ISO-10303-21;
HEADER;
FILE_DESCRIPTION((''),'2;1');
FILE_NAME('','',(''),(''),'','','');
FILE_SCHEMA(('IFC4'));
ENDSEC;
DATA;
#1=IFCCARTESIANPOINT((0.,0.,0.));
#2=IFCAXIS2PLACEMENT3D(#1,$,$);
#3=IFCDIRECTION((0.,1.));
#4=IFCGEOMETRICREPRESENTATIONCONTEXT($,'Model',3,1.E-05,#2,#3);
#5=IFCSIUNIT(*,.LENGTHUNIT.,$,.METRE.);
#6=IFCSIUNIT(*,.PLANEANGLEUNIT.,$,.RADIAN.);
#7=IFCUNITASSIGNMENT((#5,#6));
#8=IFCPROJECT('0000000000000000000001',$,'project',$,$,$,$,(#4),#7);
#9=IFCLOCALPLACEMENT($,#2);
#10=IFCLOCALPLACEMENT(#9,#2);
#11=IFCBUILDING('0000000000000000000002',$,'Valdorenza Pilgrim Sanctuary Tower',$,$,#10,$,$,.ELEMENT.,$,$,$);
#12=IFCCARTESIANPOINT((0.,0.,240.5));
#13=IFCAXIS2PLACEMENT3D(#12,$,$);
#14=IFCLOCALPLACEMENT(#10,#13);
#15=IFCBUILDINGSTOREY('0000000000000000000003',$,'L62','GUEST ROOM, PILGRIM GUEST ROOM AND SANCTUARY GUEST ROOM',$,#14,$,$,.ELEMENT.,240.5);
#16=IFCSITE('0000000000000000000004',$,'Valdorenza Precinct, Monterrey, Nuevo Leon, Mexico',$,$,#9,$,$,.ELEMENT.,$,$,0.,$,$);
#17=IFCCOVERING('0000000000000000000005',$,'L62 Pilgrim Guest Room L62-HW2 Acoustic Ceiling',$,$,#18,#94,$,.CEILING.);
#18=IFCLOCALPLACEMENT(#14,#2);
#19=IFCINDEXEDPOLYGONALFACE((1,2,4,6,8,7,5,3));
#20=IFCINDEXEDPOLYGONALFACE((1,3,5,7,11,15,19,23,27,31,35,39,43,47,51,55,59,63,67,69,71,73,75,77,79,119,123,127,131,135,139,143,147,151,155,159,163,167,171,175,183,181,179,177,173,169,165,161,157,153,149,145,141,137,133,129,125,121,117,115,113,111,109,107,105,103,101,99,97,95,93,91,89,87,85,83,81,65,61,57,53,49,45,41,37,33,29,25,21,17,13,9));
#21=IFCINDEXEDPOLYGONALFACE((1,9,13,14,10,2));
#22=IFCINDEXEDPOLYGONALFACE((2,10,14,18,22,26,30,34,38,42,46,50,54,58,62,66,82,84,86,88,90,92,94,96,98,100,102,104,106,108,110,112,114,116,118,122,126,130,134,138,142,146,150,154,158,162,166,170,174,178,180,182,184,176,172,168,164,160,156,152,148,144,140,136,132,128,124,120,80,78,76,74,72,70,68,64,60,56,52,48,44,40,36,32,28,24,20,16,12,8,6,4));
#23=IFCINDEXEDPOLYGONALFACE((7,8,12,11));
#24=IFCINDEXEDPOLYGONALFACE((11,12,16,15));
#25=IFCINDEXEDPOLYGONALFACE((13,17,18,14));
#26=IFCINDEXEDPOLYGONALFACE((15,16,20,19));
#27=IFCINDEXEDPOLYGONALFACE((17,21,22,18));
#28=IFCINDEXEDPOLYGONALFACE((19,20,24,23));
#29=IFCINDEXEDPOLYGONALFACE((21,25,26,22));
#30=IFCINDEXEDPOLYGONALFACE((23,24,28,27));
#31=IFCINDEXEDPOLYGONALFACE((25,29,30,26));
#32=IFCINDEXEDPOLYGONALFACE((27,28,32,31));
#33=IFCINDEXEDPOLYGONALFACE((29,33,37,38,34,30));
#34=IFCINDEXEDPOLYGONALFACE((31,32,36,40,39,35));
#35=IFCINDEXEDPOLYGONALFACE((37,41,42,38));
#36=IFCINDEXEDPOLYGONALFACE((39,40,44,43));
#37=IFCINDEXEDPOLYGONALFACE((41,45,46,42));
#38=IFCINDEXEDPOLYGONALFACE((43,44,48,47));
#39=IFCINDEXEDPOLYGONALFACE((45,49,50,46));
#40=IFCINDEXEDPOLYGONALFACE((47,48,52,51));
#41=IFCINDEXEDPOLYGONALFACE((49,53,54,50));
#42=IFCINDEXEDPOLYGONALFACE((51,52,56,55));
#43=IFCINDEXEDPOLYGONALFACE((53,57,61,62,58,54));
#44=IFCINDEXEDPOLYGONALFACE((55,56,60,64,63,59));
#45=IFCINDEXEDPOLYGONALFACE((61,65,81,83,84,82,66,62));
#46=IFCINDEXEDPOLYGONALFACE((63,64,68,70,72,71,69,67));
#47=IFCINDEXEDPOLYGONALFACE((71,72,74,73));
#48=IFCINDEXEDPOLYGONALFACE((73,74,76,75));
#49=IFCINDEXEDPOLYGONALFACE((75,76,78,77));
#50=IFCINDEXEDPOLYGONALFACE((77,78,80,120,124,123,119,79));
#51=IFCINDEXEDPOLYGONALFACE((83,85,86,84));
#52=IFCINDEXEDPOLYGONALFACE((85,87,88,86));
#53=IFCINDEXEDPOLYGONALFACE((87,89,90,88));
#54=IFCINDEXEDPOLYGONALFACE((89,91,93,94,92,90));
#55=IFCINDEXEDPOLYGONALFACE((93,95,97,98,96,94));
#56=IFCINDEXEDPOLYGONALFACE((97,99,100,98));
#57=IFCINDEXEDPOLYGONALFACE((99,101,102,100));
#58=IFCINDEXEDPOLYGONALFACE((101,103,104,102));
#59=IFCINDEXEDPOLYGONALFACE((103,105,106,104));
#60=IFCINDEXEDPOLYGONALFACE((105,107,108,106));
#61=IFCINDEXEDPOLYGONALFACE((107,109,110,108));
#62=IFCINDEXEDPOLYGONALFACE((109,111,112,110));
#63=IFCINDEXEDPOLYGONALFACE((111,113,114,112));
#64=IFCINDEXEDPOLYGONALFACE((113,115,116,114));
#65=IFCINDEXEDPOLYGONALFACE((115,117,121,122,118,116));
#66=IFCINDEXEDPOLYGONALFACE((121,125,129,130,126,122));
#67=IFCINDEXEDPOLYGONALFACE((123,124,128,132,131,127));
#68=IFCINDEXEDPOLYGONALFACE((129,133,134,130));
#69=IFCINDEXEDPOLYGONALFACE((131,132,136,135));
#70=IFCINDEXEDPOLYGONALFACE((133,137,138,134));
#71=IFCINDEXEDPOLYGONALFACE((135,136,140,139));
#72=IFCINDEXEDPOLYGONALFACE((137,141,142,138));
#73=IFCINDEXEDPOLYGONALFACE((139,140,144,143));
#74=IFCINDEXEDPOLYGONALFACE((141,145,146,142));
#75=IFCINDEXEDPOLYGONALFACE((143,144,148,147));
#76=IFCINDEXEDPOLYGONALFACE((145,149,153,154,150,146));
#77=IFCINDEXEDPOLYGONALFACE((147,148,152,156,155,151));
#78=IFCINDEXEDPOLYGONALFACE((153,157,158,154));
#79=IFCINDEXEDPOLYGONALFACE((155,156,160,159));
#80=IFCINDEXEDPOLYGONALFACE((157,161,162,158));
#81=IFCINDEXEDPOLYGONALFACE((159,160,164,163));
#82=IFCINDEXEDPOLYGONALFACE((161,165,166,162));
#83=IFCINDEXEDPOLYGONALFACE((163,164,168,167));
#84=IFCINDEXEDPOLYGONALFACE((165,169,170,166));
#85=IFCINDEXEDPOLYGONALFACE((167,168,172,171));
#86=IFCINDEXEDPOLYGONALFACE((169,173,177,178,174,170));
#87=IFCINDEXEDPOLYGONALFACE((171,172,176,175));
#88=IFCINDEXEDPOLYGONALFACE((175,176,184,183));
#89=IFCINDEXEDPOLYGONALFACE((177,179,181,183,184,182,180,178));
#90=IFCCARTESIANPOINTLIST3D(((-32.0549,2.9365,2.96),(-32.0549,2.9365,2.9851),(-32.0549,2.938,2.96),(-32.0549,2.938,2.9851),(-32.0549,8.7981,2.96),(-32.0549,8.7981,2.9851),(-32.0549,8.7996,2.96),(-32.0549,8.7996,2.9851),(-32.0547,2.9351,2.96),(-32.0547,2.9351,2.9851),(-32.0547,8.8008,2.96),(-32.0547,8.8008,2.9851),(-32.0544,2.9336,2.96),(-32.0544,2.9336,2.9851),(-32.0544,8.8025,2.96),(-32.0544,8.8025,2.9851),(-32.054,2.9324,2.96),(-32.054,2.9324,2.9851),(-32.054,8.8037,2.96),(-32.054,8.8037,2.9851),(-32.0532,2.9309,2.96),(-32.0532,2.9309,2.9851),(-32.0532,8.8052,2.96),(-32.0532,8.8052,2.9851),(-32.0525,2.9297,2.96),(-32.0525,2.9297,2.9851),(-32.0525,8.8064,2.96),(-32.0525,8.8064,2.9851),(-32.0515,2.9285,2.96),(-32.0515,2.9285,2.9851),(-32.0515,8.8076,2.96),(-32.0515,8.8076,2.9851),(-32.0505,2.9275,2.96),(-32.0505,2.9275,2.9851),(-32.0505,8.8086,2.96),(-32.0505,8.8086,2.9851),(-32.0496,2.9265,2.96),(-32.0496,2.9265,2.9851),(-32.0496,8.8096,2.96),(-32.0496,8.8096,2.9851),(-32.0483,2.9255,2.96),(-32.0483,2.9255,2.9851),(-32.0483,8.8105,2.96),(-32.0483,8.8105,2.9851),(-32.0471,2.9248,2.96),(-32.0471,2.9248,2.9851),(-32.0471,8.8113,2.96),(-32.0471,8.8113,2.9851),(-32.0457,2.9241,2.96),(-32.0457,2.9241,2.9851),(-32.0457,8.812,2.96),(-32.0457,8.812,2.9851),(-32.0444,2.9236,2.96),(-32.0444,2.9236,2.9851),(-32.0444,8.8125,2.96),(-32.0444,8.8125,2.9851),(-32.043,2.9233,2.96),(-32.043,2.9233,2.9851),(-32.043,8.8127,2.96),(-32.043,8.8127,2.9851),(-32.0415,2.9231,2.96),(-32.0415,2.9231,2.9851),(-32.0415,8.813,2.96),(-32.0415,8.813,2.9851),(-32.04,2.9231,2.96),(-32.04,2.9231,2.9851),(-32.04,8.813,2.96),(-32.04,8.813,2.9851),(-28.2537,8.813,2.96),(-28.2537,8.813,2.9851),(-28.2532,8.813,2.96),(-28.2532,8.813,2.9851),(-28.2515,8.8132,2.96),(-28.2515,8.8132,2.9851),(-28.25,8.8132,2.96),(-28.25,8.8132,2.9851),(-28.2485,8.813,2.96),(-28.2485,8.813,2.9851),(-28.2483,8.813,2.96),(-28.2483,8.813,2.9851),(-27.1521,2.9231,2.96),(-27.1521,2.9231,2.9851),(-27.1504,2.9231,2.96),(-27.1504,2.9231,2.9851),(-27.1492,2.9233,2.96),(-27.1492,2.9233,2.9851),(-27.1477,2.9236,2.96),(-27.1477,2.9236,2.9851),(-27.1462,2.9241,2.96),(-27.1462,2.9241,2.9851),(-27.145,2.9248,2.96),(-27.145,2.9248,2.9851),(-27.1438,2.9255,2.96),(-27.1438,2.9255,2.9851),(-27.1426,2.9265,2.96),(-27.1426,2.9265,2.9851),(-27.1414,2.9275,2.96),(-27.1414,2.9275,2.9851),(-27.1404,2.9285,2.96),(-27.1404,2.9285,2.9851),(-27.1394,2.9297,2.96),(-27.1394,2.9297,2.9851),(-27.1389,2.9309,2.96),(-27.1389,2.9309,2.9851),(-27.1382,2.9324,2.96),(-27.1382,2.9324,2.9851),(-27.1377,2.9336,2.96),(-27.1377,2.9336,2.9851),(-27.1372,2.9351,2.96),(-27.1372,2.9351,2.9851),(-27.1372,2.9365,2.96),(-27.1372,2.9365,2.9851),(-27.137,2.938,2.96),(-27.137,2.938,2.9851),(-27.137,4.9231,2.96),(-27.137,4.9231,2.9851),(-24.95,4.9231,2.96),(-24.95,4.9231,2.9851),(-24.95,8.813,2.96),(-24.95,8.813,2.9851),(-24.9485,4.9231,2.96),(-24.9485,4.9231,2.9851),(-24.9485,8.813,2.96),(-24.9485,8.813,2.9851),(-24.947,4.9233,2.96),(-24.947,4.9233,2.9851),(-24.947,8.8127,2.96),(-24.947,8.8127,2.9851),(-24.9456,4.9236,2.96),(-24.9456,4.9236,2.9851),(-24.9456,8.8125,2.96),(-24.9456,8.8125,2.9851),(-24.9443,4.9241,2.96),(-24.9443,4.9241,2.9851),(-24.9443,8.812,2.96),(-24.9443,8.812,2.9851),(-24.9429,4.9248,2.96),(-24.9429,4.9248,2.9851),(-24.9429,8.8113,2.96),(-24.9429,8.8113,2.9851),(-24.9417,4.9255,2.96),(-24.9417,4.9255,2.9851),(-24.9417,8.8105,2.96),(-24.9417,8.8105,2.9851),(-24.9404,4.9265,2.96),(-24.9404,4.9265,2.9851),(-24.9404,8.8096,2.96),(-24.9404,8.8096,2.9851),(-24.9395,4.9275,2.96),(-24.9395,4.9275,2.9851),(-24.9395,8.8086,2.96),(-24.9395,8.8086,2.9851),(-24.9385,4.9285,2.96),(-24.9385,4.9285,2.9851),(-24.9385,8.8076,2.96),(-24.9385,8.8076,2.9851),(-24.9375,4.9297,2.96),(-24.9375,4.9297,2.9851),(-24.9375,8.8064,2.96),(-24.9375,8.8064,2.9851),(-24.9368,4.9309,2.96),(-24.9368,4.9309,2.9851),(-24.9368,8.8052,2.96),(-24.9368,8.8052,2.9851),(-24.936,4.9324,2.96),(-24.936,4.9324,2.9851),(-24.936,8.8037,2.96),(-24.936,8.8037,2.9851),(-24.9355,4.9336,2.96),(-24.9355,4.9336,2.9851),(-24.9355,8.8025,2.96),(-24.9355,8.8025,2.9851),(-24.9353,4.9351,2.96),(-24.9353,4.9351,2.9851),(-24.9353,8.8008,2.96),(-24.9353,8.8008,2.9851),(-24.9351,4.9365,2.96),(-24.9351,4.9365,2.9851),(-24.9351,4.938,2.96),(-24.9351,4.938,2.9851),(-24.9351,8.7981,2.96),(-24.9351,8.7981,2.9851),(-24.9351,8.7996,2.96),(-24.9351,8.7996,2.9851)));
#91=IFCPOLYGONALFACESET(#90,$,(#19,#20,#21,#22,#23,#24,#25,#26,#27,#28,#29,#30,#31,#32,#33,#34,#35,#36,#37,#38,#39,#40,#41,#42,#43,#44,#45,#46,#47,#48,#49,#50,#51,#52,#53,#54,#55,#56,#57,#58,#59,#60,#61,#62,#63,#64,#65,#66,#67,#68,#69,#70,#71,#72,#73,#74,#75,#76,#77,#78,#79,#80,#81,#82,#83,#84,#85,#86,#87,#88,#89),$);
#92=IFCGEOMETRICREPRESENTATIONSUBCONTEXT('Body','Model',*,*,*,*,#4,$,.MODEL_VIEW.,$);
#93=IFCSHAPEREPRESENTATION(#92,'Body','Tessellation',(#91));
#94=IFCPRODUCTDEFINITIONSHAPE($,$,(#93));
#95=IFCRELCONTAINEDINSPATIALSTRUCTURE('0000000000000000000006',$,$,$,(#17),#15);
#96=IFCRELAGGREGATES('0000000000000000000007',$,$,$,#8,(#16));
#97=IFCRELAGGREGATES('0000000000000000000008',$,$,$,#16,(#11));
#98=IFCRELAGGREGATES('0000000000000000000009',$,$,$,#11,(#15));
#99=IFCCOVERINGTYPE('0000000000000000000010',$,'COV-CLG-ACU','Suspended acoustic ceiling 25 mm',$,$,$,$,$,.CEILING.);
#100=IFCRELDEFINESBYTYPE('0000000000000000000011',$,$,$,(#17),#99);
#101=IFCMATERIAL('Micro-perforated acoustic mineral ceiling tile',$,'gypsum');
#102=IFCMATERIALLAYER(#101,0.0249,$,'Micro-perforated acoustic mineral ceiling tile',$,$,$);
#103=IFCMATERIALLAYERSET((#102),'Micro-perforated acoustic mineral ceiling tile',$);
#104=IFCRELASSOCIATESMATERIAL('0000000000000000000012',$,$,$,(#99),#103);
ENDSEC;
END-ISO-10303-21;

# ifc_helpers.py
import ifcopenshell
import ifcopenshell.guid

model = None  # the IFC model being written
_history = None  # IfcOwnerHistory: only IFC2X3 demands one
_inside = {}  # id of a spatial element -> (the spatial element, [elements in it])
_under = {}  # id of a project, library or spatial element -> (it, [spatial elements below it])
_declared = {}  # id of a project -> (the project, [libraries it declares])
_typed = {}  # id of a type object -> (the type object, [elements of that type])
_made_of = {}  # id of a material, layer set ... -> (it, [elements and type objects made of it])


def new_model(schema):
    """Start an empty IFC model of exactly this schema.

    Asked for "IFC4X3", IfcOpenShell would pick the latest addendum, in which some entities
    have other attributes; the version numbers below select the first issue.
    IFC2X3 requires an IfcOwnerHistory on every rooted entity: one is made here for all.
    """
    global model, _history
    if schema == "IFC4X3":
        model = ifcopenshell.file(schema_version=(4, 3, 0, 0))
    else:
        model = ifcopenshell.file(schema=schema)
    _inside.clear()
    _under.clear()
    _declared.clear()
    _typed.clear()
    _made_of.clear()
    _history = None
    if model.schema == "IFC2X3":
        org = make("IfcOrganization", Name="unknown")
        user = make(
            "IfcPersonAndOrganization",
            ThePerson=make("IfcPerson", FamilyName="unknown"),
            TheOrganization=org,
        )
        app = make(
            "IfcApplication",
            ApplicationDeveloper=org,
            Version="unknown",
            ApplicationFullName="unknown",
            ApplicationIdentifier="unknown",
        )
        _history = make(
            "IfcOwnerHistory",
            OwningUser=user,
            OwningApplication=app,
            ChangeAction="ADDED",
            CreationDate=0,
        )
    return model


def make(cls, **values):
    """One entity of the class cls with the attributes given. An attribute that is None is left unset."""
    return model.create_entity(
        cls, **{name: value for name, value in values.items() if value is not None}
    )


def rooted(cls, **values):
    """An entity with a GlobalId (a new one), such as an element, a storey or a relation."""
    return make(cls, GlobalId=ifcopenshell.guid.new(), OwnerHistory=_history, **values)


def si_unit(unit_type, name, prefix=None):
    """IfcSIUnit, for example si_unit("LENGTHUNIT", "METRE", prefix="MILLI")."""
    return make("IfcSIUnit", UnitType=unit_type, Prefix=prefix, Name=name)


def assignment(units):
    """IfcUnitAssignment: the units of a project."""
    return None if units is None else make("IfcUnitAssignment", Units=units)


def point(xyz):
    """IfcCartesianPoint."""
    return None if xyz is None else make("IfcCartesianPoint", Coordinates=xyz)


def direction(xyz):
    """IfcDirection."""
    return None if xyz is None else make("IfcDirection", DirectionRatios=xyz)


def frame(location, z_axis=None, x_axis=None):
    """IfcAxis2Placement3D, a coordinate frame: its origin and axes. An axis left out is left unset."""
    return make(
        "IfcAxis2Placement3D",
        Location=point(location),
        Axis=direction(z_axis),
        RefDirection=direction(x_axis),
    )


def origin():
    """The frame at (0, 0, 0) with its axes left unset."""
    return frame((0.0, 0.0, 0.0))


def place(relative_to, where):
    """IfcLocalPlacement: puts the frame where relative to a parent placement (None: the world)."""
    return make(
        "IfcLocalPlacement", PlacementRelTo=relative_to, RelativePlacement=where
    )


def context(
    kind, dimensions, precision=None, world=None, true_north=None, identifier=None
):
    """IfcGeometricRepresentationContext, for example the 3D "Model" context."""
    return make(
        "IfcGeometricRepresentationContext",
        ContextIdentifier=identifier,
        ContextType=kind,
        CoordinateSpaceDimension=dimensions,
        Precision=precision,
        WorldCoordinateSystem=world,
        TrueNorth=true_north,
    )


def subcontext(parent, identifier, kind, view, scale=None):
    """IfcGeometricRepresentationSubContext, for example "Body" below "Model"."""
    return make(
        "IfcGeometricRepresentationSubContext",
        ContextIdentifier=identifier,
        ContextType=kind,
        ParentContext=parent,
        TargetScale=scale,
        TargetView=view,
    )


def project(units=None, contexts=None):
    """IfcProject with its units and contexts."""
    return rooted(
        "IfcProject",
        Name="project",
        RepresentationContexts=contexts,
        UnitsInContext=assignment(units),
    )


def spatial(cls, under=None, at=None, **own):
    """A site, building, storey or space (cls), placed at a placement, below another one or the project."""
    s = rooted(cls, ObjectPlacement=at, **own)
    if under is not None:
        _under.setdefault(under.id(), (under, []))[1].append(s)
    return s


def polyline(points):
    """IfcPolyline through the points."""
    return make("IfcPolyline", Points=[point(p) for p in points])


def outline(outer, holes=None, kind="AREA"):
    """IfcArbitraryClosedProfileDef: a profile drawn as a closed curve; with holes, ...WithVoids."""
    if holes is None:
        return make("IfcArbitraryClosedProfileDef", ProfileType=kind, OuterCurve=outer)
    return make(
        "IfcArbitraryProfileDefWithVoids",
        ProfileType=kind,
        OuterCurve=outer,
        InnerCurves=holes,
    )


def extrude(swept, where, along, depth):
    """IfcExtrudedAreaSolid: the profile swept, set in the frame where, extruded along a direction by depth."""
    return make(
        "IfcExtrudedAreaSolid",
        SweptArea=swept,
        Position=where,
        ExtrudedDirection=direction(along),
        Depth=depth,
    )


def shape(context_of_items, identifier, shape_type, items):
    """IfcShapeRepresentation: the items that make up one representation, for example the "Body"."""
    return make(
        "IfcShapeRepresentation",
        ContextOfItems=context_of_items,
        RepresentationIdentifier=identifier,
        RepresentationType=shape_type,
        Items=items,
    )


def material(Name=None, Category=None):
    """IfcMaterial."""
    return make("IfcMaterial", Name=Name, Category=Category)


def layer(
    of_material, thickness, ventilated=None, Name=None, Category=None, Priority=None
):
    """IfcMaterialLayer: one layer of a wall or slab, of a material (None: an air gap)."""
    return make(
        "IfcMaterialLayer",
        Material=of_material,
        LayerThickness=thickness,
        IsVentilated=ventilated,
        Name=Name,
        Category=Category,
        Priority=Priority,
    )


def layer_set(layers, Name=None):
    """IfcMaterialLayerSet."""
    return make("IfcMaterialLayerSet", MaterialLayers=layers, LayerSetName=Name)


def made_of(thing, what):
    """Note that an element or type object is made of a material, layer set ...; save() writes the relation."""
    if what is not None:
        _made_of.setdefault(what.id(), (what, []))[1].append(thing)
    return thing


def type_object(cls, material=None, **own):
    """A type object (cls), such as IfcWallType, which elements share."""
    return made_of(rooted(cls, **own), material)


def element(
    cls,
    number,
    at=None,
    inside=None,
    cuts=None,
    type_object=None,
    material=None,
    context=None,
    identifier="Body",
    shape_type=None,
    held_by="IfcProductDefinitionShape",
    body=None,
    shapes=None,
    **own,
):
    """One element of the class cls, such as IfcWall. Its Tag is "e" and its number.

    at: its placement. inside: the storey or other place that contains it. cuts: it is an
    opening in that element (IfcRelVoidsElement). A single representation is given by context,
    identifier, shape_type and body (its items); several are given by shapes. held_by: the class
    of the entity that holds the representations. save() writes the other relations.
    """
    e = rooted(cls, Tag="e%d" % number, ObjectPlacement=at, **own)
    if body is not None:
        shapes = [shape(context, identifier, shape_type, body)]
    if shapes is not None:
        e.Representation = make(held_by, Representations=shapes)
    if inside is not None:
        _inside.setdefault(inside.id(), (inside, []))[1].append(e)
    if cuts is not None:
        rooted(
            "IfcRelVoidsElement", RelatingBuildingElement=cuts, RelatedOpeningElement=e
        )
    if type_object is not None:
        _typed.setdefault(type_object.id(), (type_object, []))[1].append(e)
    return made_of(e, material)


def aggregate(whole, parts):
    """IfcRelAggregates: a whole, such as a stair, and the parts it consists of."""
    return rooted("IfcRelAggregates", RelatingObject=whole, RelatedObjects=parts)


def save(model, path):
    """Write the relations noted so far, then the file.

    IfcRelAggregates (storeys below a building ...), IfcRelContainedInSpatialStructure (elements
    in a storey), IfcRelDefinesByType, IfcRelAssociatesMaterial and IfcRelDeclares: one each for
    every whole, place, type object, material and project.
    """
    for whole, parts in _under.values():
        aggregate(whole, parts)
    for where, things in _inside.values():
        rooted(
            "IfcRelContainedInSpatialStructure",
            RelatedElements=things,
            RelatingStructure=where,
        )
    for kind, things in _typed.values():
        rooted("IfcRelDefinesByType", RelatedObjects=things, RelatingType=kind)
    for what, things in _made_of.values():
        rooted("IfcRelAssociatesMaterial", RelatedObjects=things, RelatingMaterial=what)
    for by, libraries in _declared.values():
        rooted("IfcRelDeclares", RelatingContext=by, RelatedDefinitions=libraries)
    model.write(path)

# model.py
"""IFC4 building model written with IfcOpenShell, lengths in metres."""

from ifc_helpers import new_model, si_unit, direction, frame, origin, place, context, subcontext, project, spatial, polyline, outline, extrude, material, layer, layer_set, type_object, element, save


model = new_model("IFC4")

# Units and contexts
model_context = context("Model", 3, precision=1e-05, world=origin(), true_north=direction((0.0, 1.0)))
body_context = subcontext(model_context, "Body", "Model", "MODEL_VIEW")
ifc_project = project(units=[si_unit("LENGTHUNIT", "METRE"), si_unit("PLANEANGLEUNIT", "RADIAN")], contexts=[model_context])

# Site, building, storey
site_placement = place(None, origin())
site = spatial("IfcSite", under=ifc_project, at=site_placement, Name="Valdorenza Precinct, Monterrey, Nuevo Leon, Mexico", CompositionType="ELEMENT", RefElevation=0.0)
building_placement = place(site_placement, origin())
building = spatial("IfcBuilding", under=site, at=building_placement, Name="Valdorenza Pilgrim Sanctuary Tower", CompositionType="ELEMENT")
storey_placement = place(building_placement, frame((0.0, 0.0, 240.5)))
storey = spatial("IfcBuildingStorey", under=building, at=storey_placement, Name="L62", Description="GUEST ROOM, PILGRIM GUEST ROOM AND SANCTUARY GUEST ROOM", CompositionType="ELEMENT", Elevation=240.5)

# Covering
ifc_material_1 = material(Name="Micro-perforated acoustic mineral ceiling tile", Category="gypsum")
ifc_layer_1 = layer(ifc_material_1, 0.0249, Name="Micro-perforated acoustic mineral ceiling tile")
ifc_layer_set_1 = layer_set([ifc_layer_1], Name="Micro-perforated acoustic mineral ceiling tile")
covering_type_1 = type_object("IfcCoveringType", Name="COV-CLG-ACU", Description="Suspended acoustic ceiling 25 mm", PredefinedType="CEILING", material=ifc_layer_set_1)
covering_1_placement = place(storey_placement, frame((0.0, 0.0, 2.96)))
element("IfcCovering", 1, at=covering_1_placement, inside=storey, type_object=covering_type_1, Name="L62 Pilgrim Guest Room L62-HW2 Acoustic Ceiling", PredefinedType="CEILING", context=body_context, shape_type="SweptSolid", body=[
    extrude(outline(polyline([(-28.2537, 8.813), (-28.2532, 8.813), (-28.2515, 8.8132), (-28.25, 8.8132), (-28.2485, 8.813), (-28.2483, 8.813), (-24.95, 8.813), (-24.9485, 8.813), (-24.947, 8.8127), (-24.9456, 8.8125), (-24.9443, 8.812), (-24.9429, 8.8113), (-24.9417, 8.8105), (-24.9404, 8.8096), (-24.9395, 8.8086), (-24.9385, 8.8076), (-24.9375, 8.8064), (-24.9368, 8.8052), (-24.936, 8.8037), (-24.9355, 8.8025), (-24.9353, 8.8008), (-24.9351, 8.7996), (-24.9351, 8.7981), (-24.9351, 4.938), (-24.9351, 4.9365), (-24.9353, 4.9351), (-24.9355, 4.9336), (-24.936, 4.9324), (-24.9368, 4.9309), (-24.9375, 4.9297), (-24.9385, 4.9285), (-24.9395, 4.9275), (-24.9404, 4.9265), (-24.9417, 4.9255), (-24.9429, 4.9248), (-24.9443, 4.9241), (-24.9456, 4.9236), (-24.947, 4.9233), (-24.9485, 4.9231), (-24.95, 4.9231), (-27.137, 4.9231), (-27.137, 2.938), (-27.1372, 2.9365), (-27.1372, 2.9351), (-27.1377, 2.9336), (-27.1382, 2.9324), (-27.1389, 2.9309), (-27.1394, 2.9297), (-27.1404, 2.9285), (-27.1414, 2.9275), (-27.1426, 2.9265), (-27.1438, 2.9255), (-27.145, 2.9248), (-27.1462, 2.9241), (-27.1477, 2.9236), (-27.1492, 2.9233), (-27.1504, 2.9231), (-27.1521, 2.9231), (-32.04, 2.9231), (-32.0415, 2.9231), (-32.043, 2.9233), (-32.0444, 2.9236), (-32.0457, 2.9241), (-32.0471, 2.9248), (-32.0483, 2.9255), (-32.0496, 2.9265), (-32.0505, 2.9275), (-32.0515, 2.9285), (-32.0525, 2.9297), (-32.0532, 2.9309), (-32.054, 2.9324), (-32.0544, 2.9336), (-32.0547, 2.9351), (-32.0549, 2.9365), (-32.0549, 2.938), (-32.0549, 8.7981), (-32.0549, 8.7996), (-32.0547, 8.8008), (-32.0544, 8.8025), (-32.054, 8.8037), (-32.0532, 8.8052), (-32.0525, 8.8064), (-32.0515, 8.8076), (-32.0505, 8.8086), (-32.0496, 8.8096), (-32.0483, 8.8105), (-32.0471, 8.8113), (-32.0457, 8.812), (-32.0444, 8.8125), (-32.043, 8.8127), (-32.0415, 8.813), (-32.04, 8.813), (-28.2537, 8.813)])), origin(), (0.0, 0.0, 1.0), 0.0251),
])

save(model, "model.ifc")
